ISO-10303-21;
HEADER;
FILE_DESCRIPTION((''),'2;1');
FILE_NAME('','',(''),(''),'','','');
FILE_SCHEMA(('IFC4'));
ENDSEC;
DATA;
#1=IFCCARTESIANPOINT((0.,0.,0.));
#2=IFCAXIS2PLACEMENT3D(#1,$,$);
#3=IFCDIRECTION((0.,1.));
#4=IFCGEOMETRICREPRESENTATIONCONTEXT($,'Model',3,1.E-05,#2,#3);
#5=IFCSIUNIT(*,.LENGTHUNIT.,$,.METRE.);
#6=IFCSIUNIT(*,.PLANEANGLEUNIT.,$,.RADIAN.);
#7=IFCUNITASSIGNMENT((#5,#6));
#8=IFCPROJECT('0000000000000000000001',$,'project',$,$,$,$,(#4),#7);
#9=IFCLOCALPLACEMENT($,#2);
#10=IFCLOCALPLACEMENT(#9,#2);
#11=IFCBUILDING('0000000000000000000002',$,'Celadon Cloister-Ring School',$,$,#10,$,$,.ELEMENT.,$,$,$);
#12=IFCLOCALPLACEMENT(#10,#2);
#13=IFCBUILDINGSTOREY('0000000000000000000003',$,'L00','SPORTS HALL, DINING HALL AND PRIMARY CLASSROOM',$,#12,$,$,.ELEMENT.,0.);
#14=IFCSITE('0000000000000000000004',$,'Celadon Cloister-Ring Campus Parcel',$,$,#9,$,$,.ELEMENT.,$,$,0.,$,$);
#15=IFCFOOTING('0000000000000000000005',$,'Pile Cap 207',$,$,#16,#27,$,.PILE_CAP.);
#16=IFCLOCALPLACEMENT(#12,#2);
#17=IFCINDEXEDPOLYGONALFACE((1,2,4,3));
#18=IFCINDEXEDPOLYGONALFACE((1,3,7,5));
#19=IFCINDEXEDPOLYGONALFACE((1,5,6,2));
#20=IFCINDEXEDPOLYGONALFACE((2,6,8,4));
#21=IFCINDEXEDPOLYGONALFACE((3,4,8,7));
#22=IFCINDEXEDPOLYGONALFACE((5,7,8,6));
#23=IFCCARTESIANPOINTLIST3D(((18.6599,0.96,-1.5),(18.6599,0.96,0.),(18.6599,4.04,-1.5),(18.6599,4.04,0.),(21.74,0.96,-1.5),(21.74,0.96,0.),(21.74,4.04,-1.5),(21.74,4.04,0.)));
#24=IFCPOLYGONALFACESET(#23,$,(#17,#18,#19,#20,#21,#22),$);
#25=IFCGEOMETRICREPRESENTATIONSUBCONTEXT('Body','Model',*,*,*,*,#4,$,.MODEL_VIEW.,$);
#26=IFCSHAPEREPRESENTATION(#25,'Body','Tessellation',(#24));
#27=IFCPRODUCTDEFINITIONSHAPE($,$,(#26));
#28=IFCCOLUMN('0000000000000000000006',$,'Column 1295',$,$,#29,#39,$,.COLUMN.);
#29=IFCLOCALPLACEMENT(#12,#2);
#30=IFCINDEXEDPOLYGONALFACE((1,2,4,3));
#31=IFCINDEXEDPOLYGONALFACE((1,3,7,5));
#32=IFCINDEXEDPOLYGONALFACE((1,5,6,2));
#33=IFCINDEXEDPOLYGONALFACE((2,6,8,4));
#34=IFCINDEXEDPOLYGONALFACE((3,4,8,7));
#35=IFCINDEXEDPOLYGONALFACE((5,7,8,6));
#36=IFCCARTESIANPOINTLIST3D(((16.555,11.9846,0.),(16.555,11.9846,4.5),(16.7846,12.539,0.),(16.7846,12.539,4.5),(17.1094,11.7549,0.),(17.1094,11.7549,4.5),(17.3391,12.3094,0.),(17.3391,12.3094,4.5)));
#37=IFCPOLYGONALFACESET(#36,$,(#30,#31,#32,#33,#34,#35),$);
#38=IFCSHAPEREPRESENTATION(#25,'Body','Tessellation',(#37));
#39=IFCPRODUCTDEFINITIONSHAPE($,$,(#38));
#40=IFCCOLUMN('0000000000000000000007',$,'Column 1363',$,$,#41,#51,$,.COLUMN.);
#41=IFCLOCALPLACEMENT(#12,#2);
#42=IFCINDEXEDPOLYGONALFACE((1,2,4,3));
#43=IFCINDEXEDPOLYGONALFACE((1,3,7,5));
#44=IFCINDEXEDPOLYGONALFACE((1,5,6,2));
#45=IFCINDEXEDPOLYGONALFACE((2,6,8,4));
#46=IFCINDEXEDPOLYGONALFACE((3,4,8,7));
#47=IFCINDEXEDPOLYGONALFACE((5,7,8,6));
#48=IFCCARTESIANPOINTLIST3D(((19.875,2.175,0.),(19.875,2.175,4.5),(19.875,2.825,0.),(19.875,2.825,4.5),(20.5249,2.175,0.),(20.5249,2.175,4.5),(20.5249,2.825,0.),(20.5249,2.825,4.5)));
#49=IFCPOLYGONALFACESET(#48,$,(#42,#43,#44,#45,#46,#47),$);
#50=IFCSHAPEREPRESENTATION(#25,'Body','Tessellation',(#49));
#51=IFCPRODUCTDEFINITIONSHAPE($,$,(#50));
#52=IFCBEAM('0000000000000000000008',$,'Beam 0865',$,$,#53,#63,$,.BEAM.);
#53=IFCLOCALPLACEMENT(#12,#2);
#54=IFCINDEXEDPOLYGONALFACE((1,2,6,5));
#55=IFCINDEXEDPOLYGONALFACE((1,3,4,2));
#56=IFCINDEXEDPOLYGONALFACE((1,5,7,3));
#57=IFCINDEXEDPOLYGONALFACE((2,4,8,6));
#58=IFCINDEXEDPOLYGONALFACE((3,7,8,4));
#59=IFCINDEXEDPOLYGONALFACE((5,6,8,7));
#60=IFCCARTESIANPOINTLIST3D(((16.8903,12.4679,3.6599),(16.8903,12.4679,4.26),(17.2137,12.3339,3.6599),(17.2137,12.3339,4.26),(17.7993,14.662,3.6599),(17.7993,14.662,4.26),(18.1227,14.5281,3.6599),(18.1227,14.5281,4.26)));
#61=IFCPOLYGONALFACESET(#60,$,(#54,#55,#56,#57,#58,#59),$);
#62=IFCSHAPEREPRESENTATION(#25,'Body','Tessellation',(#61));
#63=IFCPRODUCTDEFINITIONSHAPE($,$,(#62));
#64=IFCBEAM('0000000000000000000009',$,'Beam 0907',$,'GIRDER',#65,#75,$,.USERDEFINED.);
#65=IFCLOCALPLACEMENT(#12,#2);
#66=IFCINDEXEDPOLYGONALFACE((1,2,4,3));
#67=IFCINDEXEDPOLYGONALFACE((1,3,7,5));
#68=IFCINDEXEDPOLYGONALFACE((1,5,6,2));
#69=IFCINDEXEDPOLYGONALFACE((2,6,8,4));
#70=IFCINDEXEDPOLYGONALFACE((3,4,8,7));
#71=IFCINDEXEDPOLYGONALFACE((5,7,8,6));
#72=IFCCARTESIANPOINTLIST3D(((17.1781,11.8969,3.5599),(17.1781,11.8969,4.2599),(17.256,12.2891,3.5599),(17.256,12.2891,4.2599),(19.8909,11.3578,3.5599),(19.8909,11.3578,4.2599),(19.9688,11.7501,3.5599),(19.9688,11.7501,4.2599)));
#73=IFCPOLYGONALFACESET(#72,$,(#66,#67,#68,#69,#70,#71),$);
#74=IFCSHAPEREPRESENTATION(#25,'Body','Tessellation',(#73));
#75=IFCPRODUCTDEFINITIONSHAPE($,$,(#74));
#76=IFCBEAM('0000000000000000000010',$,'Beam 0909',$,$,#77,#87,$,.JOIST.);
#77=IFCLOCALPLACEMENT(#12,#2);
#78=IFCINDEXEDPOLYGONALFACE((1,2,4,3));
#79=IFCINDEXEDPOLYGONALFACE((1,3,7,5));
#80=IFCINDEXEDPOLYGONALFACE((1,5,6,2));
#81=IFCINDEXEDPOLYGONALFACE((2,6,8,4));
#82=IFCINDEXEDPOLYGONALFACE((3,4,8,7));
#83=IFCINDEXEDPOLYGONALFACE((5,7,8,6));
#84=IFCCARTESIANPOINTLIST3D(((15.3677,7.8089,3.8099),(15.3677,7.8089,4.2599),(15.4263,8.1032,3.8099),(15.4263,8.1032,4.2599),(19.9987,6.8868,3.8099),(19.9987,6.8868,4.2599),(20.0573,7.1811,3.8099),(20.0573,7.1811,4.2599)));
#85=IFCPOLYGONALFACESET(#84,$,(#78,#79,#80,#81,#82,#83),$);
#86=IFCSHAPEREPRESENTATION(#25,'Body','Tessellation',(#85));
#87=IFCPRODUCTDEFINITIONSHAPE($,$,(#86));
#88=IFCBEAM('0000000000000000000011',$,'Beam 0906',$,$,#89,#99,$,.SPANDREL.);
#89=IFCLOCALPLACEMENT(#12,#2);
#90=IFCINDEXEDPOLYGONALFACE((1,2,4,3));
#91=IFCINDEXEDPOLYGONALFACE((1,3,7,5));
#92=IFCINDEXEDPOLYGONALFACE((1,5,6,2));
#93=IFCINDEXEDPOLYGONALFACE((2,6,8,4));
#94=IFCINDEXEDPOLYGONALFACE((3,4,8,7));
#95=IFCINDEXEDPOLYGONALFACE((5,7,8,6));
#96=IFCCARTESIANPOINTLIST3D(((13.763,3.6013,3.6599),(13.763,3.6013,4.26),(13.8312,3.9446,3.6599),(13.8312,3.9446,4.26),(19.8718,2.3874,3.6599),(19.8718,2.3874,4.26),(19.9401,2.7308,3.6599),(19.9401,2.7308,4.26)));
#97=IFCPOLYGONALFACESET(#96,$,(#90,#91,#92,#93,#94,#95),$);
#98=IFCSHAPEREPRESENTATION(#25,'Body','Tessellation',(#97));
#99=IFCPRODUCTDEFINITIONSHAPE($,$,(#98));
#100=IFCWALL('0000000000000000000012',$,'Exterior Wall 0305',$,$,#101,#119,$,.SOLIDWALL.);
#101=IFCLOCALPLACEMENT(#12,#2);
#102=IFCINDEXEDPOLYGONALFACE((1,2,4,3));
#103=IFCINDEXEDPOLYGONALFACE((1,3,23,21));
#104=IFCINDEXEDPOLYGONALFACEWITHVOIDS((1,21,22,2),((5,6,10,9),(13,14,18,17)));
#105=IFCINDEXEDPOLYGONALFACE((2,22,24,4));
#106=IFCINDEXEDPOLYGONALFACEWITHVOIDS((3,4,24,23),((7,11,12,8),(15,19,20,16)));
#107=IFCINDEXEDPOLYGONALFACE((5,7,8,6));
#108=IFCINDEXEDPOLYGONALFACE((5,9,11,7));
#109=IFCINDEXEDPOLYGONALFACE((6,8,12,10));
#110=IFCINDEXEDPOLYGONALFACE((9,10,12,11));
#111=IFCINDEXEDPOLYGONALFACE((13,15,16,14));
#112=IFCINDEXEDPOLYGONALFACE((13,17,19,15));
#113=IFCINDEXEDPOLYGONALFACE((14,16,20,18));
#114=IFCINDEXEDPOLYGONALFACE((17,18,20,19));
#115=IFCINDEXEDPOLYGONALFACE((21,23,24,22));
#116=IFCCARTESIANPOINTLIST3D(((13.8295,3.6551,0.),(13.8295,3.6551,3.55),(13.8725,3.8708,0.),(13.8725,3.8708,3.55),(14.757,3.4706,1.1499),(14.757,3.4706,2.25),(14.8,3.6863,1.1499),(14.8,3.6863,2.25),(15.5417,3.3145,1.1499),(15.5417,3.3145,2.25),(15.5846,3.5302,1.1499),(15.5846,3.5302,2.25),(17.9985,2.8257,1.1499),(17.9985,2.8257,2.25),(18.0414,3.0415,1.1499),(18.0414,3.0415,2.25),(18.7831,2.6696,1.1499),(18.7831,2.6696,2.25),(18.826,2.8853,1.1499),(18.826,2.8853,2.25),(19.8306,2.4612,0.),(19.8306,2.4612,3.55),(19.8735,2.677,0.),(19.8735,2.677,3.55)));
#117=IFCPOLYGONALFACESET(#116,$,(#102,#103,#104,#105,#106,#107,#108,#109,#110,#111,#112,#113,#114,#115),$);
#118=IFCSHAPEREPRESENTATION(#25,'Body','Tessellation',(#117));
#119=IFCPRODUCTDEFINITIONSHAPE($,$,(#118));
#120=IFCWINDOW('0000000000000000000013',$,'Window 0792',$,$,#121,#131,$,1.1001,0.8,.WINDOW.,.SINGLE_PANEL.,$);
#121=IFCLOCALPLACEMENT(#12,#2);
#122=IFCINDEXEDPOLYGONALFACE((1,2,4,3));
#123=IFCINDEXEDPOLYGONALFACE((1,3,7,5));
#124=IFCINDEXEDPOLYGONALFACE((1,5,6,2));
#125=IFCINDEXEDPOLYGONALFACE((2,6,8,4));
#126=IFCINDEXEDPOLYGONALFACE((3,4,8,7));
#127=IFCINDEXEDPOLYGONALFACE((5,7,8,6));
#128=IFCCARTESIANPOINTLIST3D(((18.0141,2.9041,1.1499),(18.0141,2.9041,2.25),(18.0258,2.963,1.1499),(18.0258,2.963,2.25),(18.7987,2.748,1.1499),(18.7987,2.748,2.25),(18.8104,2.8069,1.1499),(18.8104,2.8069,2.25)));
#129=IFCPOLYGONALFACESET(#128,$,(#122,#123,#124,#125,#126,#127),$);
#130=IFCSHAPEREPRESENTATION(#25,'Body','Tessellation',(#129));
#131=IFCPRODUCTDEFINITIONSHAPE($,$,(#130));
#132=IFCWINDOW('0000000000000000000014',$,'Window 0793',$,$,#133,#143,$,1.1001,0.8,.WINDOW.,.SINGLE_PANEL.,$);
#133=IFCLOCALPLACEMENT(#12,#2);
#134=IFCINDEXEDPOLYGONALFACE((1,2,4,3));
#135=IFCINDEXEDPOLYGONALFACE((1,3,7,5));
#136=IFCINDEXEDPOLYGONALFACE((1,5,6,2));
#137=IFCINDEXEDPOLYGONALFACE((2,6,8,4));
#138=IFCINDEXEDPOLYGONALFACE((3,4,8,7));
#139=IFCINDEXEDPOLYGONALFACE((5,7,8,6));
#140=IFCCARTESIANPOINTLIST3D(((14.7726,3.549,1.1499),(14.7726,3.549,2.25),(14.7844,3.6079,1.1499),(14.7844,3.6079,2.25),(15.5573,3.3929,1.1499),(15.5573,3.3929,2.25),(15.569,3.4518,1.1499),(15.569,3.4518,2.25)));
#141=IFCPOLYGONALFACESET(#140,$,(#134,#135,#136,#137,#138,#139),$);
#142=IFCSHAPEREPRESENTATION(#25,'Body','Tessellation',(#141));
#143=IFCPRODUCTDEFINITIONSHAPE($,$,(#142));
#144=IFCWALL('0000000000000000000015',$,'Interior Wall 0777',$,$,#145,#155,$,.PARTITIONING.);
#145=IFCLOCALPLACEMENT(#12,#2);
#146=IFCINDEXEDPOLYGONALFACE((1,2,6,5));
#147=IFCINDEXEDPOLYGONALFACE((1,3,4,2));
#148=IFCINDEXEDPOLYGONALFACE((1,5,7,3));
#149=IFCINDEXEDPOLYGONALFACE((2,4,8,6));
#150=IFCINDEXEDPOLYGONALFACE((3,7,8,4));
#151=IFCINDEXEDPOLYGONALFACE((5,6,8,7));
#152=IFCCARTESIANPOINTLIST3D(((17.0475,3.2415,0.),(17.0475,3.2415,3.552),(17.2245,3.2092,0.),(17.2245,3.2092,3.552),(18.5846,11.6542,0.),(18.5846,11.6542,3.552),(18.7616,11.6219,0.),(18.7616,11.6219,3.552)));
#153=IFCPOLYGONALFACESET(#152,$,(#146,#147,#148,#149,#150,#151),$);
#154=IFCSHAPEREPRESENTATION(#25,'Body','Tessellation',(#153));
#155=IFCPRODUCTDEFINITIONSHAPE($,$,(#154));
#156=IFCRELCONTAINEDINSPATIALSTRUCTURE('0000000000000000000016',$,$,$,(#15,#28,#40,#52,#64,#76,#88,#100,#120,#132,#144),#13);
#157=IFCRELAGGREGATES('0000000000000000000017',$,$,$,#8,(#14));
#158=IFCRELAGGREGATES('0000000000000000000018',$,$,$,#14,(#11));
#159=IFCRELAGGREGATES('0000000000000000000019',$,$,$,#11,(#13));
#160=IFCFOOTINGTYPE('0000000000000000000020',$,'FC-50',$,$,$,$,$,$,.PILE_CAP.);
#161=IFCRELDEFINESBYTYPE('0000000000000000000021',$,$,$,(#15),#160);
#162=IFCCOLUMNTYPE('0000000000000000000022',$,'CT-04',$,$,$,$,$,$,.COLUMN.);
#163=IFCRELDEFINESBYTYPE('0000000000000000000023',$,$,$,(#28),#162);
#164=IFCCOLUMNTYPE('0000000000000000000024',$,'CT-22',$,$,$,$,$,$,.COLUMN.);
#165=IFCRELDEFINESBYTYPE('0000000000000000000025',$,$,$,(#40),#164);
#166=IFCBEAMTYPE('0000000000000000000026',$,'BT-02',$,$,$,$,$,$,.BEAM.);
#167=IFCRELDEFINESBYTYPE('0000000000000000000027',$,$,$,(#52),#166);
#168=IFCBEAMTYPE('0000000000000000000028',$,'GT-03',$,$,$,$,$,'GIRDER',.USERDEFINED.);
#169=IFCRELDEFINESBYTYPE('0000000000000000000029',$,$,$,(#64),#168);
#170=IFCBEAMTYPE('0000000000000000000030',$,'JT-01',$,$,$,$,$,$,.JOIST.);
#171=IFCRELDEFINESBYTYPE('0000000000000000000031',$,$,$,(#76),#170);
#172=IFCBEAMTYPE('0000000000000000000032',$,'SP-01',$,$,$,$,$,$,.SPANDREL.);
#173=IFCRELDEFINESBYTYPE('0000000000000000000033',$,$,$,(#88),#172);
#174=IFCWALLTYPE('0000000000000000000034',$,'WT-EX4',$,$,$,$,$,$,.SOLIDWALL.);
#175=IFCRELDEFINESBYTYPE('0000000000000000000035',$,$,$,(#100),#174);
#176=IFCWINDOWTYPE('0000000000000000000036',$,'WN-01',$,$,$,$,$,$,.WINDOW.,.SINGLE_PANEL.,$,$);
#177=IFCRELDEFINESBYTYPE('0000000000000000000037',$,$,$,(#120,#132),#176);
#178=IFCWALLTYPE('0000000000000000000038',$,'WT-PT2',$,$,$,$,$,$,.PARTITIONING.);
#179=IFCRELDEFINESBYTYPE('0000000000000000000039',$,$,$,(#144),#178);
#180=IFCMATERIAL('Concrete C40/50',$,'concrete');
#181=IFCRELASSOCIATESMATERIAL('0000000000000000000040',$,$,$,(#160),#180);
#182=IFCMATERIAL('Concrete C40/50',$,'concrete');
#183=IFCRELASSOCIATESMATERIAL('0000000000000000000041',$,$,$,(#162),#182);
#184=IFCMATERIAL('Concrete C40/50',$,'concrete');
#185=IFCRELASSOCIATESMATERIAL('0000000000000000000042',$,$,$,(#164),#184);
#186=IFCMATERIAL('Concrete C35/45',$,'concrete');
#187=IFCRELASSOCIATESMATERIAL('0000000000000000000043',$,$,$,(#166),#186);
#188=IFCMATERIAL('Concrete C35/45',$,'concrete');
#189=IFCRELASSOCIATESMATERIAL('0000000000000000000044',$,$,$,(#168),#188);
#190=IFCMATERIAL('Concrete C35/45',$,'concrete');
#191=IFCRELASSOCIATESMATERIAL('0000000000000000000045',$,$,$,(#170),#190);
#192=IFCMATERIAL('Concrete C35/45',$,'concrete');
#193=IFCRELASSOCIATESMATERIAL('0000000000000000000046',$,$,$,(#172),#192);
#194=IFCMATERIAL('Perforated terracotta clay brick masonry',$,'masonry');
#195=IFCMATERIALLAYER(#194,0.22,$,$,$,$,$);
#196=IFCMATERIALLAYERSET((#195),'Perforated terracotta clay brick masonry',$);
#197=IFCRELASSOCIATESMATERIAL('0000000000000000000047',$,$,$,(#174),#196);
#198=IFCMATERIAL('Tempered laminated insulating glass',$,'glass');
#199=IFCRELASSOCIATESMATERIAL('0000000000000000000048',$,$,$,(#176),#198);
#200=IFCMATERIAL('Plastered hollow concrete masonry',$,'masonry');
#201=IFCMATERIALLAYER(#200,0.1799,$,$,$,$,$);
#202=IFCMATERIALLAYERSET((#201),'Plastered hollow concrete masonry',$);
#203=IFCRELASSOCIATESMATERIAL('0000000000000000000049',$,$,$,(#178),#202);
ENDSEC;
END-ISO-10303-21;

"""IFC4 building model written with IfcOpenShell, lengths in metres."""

from ifc_helpers import new_model, si_unit, direction, frame, frame_2d, origin, origin_2d, place, context, subcontext, project, spatial, rectangle, extrude, material, layer, layer_set, material_profile, profile_set, type_object, element, fill, save


model = new_model("IFC4")

# Units and contexts
model_context = context("Model", 3, precision=1e-05, world=origin(), true_north=direction((0.0, 1.0)))
body_context = subcontext(model_context, "Body", "Model", "MODEL_VIEW")
ifc_project = project(units=[si_unit("LENGTHUNIT", "METRE"), si_unit("PLANEANGLEUNIT", "RADIAN")], contexts=[model_context])

# Site, building, storey
site_placement = place(None, origin())
site = spatial("IfcSite", under=ifc_project, at=site_placement, Name="Celadon Cloister-Ring Campus Parcel", CompositionType="ELEMENT", RefElevation=0.0)
building_placement = place(site_placement, origin())
building = spatial("IfcBuilding", under=site, at=building_placement, Name="Celadon Cloister-Ring School", CompositionType="ELEMENT")
storey_placement = place(building_placement, origin())
storey = spatial("IfcBuildingStorey", under=building, at=storey_placement, Name="L00", Description="SPORTS HALL, DINING HALL AND PRIMARY CLASSROOM", CompositionType="ELEMENT", Elevation=0.0)

# Footing
ifc_material_1 = material(Name="Concrete C40/50", Category="concrete")
footing_type = type_object("IfcFootingType", Name="FC-50", PredefinedType="PILE_CAP", material=ifc_material_1)
footing_placement = place(storey_placement, frame((20.2, 2.5, -1.5), z_axis=(0.0, 0.0, 1.0), x_axis=(1.0, 0.0, 0.0)))
element("IfcFooting", 1, at=footing_placement, inside=storey, type_object=footing_type, Name="Pile Cap 207", PredefinedType="PILE_CAP", context=body_context, shape_type="SweptSolid", body=[
    extrude(rectangle(XDim=3.0801, YDim=3.0801, at=origin_2d()), origin(), (0.0, 0.0, 1.0), 1.5),
])

# Columns
ifc_material_2 = material(Name="Concrete C40/50", Category="concrete")
ifc_material_profile_1 = material_profile(ifc_material_2, rectangle(XDim=0.6001, YDim=0.6001, at=origin_2d()), Name="RC600X600")
ifc_profile_set_1 = profile_set([ifc_material_profile_1], Name="Concrete C40/50")
column_type_1 = type_object("IfcColumnType", Name="CT-04", PredefinedType="COLUMN", material=ifc_profile_set_1)
column_1_placement = place(storey_placement, frame((16.947, 12.147, 0.0), z_axis=(0.0, 0.0, 1.0), x_axis=(-0.382683, -0.92388, 0.0)))
element("IfcColumn", 2, at=column_1_placement, inside=storey, type_object=column_type_1, Name="Column 1295", PredefinedType="COLUMN", context=body_context, shape_type="SweptSolid", body=[
    extrude(rectangle(XDim=0.6001, YDim=0.6001, at=origin_2d()), origin(), (0.0, 0.0, 1.0), 4.5),
])
ifc_material_3 = material(Name="Concrete C40/50", Category="concrete")
ifc_material_profile_2 = material_profile(ifc_material_3, rectangle(XDim=0.6499, YDim=0.6499, at=origin_2d()), Name="RC650X650")
ifc_profile_set_2 = profile_set([ifc_material_profile_2], Name="Concrete C40/50")
column_type_2 = type_object("IfcColumnType", Name="CT-22", PredefinedType="COLUMN", material=ifc_profile_set_2)
column_2_placement = place(storey_placement, frame((20.2, 2.5, 0.0), z_axis=(0.0, 0.0, 1.0), x_axis=(0.0, -1.0, 0.0)))
element("IfcColumn", 3, at=column_2_placement, inside=storey, type_object=column_type_2, Name="Column 1363", PredefinedType="COLUMN", context=body_context, shape_type="SweptSolid", body=[
    extrude(rectangle(XDim=0.6499, YDim=0.6499, at=origin_2d()), origin(), (0.0, 0.0, 1.0), 4.5),
])

# Beams
ifc_material_4 = material(Name="Concrete C35/45", Category="concrete")
ifc_material_profile_3 = material_profile(ifc_material_4, rectangle(XDim=0.3501, YDim=0.6001, at=origin_2d()), Name="RC350X600")
ifc_profile_set_3 = profile_set([ifc_material_profile_3], Name="Concrete C35/45")
beam_type_1 = type_object("IfcBeamType", Name="BT-02", PredefinedType="BEAM", material=ifc_profile_set_3)
beam_1_placement = place(storey_placement, frame((17.052, 12.4009, 3.96), z_axis=(0.382724, 0.923863, 0.0), x_axis=(-0.923863, 0.382724, 0.0)))
element("IfcBeam", 4, at=beam_1_placement, inside=storey, type_object=beam_type_1, Name="Beam 0865", PredefinedType="BEAM", context=body_context, shape_type="SweptSolid", body=[
    extrude(rectangle(XDim=0.3501, YDim=0.6001, at=origin_2d()), origin(), (0.0, 0.0, 1.0), 2.375),
])
ifc_material_5 = material(Name="Concrete C35/45", Category="concrete")
ifc_material_profile_4 = material_profile(ifc_material_5, rectangle(XDim=0.3999, YDim=0.7, at=origin_2d()), Name="RC400X700")
ifc_profile_set_4 = profile_set([ifc_material_profile_4], Name="Concrete C35/45")
beam_type_2 = type_object("IfcBeamType", Name="GT-03", ElementType="GIRDER", PredefinedType="USERDEFINED", material=ifc_profile_set_4)
beam_2_placement = place(storey_placement, frame((17.217, 12.093, 3.9099), z_axis=(0.980824, -0.194894, 0.0), x_axis=(0.194894, 0.980824, 0.0)))
element("IfcBeam", 5, at=beam_2_placement, inside=storey, type_object=beam_type_2, Name="Beam 0907", ObjectType="GIRDER", PredefinedType="USERDEFINED", context=body_context, shape_type="SweptSolid", body=[
    extrude(rectangle(XDim=0.3999, YDim=0.7, at=origin_2d()), origin(), (0.0, 0.0, 1.0), 2.7659),
])
ifc_material_6 = material(Name="Concrete C35/45", Category="concrete")
ifc_material_profile_5 = material_profile(ifc_material_6, rectangle(XDim=0.3, YDim=0.45, at=origin_2d()), Name="RC300X450")
ifc_profile_set_5 = profile_set([ifc_material_profile_5], Name="Concrete C35/45")
beam_type_3 = type_object("IfcBeamType", Name="JT-01", PredefinedType="JOIST", material=ifc_profile_set_5)
beam_3_placement = place(storey_placement, frame((15.397, 7.9561, 4.0349), z_axis=(0.980747, -0.195281, 0.0), x_axis=(0.195281, 0.980747, 0.0)))
element("IfcBeam", 6, at=beam_3_placement, inside=storey, type_object=beam_type_3, Name="Beam 0909", PredefinedType="JOIST", context=body_context, shape_type="SweptSolid", body=[
    extrude(rectangle(XDim=0.3, YDim=0.45, at=origin_2d()), origin(), (0.0, 0.0, 1.0), 4.7219),
])
ifc_material_7 = material(Name="Concrete C35/45", Category="concrete")
ifc_material_profile_6 = material_profile(ifc_material_7, rectangle(XDim=0.3501, YDim=0.6001, at=origin_2d()), Name="RC350X600")
ifc_profile_set_6 = profile_set([ifc_material_profile_6], Name="Concrete C35/45")
beam_type_4 = type_object("IfcBeamType", Name="SP-01", PredefinedType="SPANDREL", material=ifc_profile_set_6)
beam_4_placement = place(storey_placement, frame((13.7971, 3.7729, 3.96), z_axis=(0.980824, -0.194895, 0.0), x_axis=(0.194895, 0.980824, 0.0)))
element("IfcBeam", 7, at=beam_4_placement, inside=storey, type_object=beam_type_4, Name="Beam 0906", PredefinedType="SPANDREL", context=body_context, shape_type="SweptSolid", body=[
    extrude(rectangle(XDim=0.3501, YDim=0.6001, at=origin_2d()), origin(), (0.0, 0.0, 1.0), 6.2283),
])

# Wall, openings, windows
ifc_material_8 = material(Name="Perforated terracotta clay brick masonry", Category="masonry")
ifc_layer_1 = layer(ifc_material_8, 0.22)
ifc_layer_set_1 = layer_set([ifc_layer_1], Name="Perforated terracotta clay brick masonry")
wall_type_1 = type_object("IfcWallType", Name="WT-EX4", PredefinedType="SOLIDWALL", material=ifc_layer_set_1)
wall_1_placement = place(storey_placement, frame((19.8521, 2.5691, 0.0), z_axis=(0.0, 0.0, 1.0), x_axis=(-0.98078, 0.195118, 0.0)))
wall_1 = element("IfcWall", 8, at=wall_1_placement, inside=storey, type_object=wall_type_1, Name="Exterior Wall 0305", PredefinedType="SOLIDWALL", context=body_context, shape_type="SweptSolid", body=[
    extrude(rectangle(XDim=6.1187, YDim=0.22, at=frame_2d((3.0593, 0.0))), origin(), (0.0, 0.0, 1.0), 3.55),
])
opening_1_placement = place(wall_1_placement, frame((1.0681, 0.0, 1.1499)))
opening_1 = element("IfcOpeningElement", 9, at=opening_1_placement, cuts=wall_1, PredefinedType="OPENING", context=body_context, shape_type="SweptSolid", body=[
    extrude(rectangle(XDim=0.8, YDim=1.1001, at=frame_2d((0.3999, 0.55))), frame((0.0, 0.1201, 0.0), z_axis=(0.0, -1.0, 0.0), x_axis=(1.0, 0.0, 0.0)), (0.0, 0.0, 1.0), 0.24),
])
opening_2_placement = place(wall_1_placement, frame((4.373, 0.0, 1.1499)))
opening_2 = element("IfcOpeningElement", 10, at=opening_2_placement, cuts=wall_1, PredefinedType="OPENING", context=body_context, shape_type="SweptSolid", body=[
    extrude(rectangle(XDim=0.8, YDim=1.1001, at=frame_2d((0.3999, 0.55))), frame((0.0, 0.1201, 0.0), z_axis=(0.0, -1.0, 0.0), x_axis=(1.0, 0.0, 0.0)), (0.0, 0.0, 1.0), 0.24),
])
ifc_material_9 = material(Name="Tempered laminated insulating glass", Category="glass")
window_type = type_object("IfcWindowType", Name="WN-01", PartitioningType="SINGLE_PANEL", PredefinedType="WINDOW", material=ifc_material_9)
window_1_placement = place(opening_1_placement, origin())
window_1 = element("IfcWindow", 11, at=window_1_placement, inside=storey, type_object=window_type, Name="Window 0792", OverallHeight=1.1001, OverallWidth=0.8, PartitioningType="SINGLE_PANEL", PredefinedType="WINDOW", context=body_context, shape_type="SweptSolid", body=[
    extrude(rectangle(XDim=0.8, YDim=1.1001, at=frame_2d((0.3999, 0.55))), frame((0.0, 0.03, 0.0), z_axis=(0.0, -1.0, 0.0), x_axis=(1.0, 0.0, 0.0)), (0.0, 0.0, 1.0), 0.0601),
])
fill(opening_1, window_1)
window_2_placement = place(opening_2_placement, origin())
window_2 = element("IfcWindow", 12, at=window_2_placement, inside=storey, type_object=window_type, Name="Window 0793", OverallHeight=1.1001, OverallWidth=0.8, PartitioningType="SINGLE_PANEL", PredefinedType="WINDOW", context=body_context, shape_type="SweptSolid", body=[
    extrude(rectangle(XDim=0.8, YDim=1.1001, at=frame_2d((0.3999, 0.55))), frame((0.0, 0.03, 0.0), z_axis=(0.0, -1.0, 0.0), x_axis=(1.0, 0.0, 0.0)), (0.0, 0.0, 1.0), 0.0601),
])
fill(opening_2, window_2)

# Wall
ifc_material_10 = material(Name="Plastered hollow concrete masonry", Category="masonry")
ifc_layer_2 = layer(ifc_material_10, 0.1799)
ifc_layer_set_2 = layer_set([ifc_layer_2], Name="Plastered hollow concrete masonry")
wall_type_2 = type_object("IfcWallType", Name="WT-PT2", PredefinedType="PARTITIONING", material=ifc_layer_set_2)
wall_2_placement = place(storey_placement, frame((18.6731, 11.6379, 0.0), z_axis=(0.0, 0.0, 1.0), x_axis=(-0.179734, -0.983715, 0.0)))
element("IfcWall", 13, at=wall_2_placement, inside=storey, type_object=wall_type_2, Name="Interior Wall 0777", PredefinedType="PARTITIONING", context=body_context, shape_type="SweptSolid", body=[
    extrude(rectangle(XDim=8.552, YDim=0.1799, at=frame_2d((4.2759, 0.0))), origin(), (0.0, 0.0, 1.0), 3.552),
])

save(model, "model.ifc")
